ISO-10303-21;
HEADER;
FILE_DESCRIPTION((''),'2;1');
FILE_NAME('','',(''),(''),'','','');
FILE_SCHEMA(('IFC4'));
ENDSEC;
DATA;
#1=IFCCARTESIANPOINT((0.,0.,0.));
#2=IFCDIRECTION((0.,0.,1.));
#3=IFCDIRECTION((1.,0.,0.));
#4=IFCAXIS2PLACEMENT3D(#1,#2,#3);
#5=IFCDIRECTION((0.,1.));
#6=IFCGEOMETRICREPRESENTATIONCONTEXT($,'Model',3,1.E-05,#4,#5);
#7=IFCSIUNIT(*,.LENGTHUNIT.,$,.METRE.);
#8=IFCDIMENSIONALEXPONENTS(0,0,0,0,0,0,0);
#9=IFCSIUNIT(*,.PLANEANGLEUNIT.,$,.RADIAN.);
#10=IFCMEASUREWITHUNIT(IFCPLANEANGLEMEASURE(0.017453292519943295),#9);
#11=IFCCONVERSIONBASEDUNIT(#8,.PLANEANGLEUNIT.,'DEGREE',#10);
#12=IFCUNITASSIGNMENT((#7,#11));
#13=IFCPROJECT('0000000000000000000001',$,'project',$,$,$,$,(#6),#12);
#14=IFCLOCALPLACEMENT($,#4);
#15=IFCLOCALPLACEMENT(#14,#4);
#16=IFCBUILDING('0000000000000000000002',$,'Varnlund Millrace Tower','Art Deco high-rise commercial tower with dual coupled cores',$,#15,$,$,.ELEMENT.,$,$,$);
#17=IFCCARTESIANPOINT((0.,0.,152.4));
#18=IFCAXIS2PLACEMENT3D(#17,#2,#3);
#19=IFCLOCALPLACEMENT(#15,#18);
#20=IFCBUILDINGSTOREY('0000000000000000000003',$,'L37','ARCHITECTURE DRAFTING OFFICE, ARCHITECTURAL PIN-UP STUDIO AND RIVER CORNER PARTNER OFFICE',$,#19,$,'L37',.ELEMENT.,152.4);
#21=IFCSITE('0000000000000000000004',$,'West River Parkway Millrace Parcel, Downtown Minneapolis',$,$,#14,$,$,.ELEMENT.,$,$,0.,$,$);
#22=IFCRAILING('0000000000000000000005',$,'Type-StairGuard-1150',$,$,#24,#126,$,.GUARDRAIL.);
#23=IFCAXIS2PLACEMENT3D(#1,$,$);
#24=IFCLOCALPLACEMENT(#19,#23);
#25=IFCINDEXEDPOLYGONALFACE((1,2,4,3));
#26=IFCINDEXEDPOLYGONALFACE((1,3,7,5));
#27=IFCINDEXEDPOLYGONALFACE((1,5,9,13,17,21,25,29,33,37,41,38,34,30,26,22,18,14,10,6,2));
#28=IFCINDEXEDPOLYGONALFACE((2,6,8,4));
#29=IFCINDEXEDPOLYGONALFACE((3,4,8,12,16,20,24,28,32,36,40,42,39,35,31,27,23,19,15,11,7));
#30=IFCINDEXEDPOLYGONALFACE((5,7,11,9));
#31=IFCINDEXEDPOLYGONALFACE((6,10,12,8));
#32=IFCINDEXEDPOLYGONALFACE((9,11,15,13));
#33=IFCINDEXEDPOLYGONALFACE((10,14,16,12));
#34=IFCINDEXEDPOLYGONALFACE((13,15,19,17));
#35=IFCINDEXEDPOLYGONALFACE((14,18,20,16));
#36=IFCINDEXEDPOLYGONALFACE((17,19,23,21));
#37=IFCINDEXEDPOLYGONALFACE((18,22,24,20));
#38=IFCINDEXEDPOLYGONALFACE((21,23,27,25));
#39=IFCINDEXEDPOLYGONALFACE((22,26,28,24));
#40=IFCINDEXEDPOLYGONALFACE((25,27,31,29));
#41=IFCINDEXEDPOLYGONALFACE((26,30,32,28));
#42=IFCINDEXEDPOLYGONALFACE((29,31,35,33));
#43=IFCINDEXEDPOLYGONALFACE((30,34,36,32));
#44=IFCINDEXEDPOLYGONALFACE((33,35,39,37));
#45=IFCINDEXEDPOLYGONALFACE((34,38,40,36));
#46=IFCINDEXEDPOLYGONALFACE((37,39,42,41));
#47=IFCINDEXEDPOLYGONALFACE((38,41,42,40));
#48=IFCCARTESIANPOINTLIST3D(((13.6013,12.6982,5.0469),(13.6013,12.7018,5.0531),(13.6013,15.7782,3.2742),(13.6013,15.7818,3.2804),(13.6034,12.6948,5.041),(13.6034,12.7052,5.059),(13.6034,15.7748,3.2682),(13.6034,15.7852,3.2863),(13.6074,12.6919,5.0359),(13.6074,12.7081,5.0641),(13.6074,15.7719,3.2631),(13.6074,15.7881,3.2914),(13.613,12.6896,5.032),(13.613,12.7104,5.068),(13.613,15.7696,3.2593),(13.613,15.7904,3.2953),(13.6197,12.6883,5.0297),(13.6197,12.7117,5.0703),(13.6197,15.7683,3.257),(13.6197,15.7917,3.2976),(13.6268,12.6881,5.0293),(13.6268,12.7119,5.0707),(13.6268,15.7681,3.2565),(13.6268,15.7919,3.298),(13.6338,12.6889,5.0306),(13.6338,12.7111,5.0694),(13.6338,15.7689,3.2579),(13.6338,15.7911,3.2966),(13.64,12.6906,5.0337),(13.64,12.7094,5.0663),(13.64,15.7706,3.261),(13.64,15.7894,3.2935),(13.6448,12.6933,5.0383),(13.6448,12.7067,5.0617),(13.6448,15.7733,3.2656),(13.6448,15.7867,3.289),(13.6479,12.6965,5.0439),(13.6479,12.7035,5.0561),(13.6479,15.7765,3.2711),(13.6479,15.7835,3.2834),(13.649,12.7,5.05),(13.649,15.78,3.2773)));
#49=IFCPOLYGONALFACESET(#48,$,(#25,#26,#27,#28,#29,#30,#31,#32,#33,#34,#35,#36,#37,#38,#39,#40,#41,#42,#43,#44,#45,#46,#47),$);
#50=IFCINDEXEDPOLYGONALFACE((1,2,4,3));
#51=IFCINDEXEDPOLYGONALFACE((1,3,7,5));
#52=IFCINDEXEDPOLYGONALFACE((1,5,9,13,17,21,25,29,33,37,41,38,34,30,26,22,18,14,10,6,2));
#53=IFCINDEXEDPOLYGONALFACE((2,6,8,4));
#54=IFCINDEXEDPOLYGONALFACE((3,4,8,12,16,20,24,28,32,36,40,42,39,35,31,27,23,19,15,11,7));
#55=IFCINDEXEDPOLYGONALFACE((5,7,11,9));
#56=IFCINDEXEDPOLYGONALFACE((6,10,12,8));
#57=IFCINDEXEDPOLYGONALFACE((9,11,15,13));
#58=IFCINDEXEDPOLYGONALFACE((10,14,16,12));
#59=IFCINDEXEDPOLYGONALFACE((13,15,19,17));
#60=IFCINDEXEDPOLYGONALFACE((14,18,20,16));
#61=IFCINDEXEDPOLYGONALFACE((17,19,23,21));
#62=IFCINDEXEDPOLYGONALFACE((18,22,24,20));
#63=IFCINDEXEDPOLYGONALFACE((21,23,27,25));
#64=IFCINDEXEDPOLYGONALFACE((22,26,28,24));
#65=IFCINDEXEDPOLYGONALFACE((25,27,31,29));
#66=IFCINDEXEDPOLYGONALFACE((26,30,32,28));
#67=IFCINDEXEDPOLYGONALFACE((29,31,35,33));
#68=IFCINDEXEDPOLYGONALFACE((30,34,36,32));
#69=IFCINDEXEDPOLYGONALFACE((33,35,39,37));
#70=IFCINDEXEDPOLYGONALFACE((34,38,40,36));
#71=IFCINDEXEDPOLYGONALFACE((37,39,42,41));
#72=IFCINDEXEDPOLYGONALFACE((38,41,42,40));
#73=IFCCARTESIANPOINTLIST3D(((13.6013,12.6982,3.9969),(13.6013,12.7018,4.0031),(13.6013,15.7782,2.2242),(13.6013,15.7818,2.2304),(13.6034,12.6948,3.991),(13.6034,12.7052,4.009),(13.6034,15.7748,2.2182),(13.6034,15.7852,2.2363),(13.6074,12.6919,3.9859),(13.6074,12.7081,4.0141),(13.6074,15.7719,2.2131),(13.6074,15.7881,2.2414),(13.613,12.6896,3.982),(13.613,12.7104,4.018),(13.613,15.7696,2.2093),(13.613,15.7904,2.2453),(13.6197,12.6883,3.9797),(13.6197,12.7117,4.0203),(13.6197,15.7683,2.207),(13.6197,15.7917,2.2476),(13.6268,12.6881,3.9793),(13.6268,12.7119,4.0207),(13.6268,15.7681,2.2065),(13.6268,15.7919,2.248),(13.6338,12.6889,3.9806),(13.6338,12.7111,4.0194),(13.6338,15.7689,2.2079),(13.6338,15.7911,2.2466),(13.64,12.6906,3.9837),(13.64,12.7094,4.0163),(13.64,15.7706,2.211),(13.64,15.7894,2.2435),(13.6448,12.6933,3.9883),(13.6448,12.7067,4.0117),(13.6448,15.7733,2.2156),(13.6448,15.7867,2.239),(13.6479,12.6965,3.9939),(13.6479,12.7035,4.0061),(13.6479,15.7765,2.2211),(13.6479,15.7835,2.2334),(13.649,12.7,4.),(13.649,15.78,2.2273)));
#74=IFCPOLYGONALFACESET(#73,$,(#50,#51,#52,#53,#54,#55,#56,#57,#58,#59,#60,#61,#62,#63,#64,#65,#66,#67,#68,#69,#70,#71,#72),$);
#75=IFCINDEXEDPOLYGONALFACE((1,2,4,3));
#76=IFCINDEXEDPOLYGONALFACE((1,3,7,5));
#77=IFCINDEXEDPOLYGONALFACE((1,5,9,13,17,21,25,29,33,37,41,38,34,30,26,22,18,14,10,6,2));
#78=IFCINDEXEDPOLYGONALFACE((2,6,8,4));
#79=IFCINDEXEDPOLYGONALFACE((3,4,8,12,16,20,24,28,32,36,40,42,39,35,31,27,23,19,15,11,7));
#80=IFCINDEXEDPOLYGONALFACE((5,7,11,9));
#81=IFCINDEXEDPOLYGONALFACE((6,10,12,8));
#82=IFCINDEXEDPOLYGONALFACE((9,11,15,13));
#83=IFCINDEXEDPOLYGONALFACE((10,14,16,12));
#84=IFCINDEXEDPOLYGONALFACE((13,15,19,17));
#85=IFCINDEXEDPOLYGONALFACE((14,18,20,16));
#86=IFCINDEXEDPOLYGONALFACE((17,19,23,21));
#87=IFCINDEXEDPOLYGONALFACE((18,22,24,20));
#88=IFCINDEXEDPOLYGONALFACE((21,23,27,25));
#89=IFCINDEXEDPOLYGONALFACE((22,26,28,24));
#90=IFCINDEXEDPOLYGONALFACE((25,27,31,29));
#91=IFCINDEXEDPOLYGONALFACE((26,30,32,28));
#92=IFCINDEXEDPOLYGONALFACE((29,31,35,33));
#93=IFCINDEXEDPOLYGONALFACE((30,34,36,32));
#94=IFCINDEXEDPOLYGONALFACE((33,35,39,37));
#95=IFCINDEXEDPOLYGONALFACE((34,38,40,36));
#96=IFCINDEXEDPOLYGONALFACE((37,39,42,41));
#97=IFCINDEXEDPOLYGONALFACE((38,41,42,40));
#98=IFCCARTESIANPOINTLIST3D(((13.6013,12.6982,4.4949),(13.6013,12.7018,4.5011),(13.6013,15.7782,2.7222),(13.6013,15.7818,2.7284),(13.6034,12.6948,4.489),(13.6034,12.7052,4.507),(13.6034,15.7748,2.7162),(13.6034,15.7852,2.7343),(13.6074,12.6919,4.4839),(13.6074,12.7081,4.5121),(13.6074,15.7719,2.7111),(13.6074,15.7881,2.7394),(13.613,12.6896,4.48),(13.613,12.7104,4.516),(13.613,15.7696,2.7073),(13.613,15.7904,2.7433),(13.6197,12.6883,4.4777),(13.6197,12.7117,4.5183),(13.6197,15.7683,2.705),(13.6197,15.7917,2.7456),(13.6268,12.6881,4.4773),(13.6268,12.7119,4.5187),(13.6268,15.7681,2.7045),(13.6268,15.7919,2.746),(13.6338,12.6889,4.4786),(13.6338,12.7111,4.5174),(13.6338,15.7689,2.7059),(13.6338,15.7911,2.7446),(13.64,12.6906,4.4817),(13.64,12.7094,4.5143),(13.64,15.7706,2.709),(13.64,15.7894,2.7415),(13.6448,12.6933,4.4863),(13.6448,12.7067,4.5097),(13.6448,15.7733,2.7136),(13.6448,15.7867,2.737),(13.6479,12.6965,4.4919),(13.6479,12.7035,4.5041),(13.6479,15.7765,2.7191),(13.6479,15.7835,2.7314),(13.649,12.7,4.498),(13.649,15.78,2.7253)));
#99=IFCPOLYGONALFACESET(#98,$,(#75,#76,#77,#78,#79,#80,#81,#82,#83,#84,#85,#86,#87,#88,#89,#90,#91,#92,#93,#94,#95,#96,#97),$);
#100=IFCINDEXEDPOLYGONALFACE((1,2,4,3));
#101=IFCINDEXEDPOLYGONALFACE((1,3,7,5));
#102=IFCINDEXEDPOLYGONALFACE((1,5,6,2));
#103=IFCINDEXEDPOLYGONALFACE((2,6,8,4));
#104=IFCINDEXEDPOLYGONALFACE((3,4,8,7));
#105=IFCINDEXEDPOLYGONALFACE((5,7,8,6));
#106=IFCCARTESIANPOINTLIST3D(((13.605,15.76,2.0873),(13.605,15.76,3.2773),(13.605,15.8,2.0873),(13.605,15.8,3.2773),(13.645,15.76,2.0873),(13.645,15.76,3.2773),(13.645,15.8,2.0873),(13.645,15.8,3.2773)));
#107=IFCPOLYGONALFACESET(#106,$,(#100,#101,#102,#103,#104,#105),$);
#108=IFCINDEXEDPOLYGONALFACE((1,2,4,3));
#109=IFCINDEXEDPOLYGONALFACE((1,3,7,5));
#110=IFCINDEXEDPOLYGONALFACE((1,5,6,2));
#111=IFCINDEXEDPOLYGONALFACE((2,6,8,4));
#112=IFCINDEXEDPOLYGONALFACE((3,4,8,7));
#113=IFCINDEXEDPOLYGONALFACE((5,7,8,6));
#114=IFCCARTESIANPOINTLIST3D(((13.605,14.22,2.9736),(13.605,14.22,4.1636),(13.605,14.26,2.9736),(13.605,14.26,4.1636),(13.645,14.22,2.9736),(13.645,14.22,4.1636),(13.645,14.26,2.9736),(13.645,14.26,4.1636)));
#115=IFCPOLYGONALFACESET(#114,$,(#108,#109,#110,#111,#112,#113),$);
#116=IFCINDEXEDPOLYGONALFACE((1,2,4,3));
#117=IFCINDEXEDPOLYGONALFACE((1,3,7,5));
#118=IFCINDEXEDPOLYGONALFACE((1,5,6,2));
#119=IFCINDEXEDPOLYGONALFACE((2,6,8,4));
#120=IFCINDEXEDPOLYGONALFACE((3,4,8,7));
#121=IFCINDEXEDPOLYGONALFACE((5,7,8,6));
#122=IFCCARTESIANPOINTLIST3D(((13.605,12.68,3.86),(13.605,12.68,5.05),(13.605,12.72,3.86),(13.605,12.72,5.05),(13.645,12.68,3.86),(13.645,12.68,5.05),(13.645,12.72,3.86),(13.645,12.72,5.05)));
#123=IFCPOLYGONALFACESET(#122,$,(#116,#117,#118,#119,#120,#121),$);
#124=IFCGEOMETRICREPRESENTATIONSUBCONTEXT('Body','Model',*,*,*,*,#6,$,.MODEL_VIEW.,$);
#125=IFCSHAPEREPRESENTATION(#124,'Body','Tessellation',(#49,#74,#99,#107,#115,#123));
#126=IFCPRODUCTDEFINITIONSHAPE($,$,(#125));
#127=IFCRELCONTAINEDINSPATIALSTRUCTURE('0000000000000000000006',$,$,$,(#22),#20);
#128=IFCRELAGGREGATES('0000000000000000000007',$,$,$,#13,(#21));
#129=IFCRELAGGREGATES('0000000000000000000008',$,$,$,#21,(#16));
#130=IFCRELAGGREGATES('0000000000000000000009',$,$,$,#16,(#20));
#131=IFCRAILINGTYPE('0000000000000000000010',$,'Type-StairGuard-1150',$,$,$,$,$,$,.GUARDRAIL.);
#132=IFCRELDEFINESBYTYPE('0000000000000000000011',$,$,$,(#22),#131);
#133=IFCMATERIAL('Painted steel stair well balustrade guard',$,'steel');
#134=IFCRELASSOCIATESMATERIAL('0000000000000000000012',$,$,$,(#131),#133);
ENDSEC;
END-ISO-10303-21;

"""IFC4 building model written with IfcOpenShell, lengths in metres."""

from ifc_helpers import new_model, entity, si_unit, converted_unit, direction, frame, origin_with_axes, origin_2d_with_axis, place, context, subcontext, project, spatial, rectangle, circle, extrude, material, type_object, element, save


model = new_model("IFC4")

# Units and contexts
model_context = context("Model", 3, precision=1e-05, world=origin_with_axes(), true_north=direction((0.0, 1.0)))
body_context = subcontext(model_context, "Body", "Model", "MODEL_VIEW")
ifc_project = project(units=[si_unit("LENGTHUNIT", "METRE"), converted_unit("PLANEANGLEUNIT", "DEGREE", entity("IfcPlaneAngleMeasure", 0.017453292519943295), si_unit("PLANEANGLEUNIT", "RADIAN"), dimensions=[0, 0, 0, 0, 0, 0, 0])], contexts=[model_context])

# Site, building, storey
site_placement = place(None, origin_with_axes())
site = spatial("IfcSite", under=ifc_project, at=site_placement, Name="West River Parkway Millrace Parcel, Downtown Minneapolis", CompositionType="ELEMENT", RefElevation=0.0)
building_placement = place(site_placement, origin_with_axes())
building = spatial("IfcBuilding", under=site, at=building_placement, Name="Varnlund Millrace Tower", Description="Art Deco high-rise commercial tower with dual coupled cores", CompositionType="ELEMENT")
storey_placement = place(building_placement, frame((0.0, 0.0, 152.4), z_axis=(0.0, 0.0, 1.0), x_axis=(1.0, 0.0, 0.0)))
storey = spatial("IfcBuildingStorey", under=building, at=storey_placement, Name="L37", Description="ARCHITECTURE DRAFTING OFFICE, ARCHITECTURAL PIN-UP STUDIO AND RIVER CORNER PARTNER OFFICE", LongName="L37", CompositionType="ELEMENT", Elevation=152.4)

# Railing
ifc_material_1 = material(Name="Painted steel stair well balustrade guard", Category="steel")
railing_type_1 = type_object("IfcRailingType", Name="Type-StairGuard-1150", PredefinedType="GUARDRAIL", material=ifc_material_1)
railing_1_placement = place(storey_placement, frame((0.0, 0.0, -152.4), z_axis=(0.0, 0.0, 1.0), x_axis=(1.0, 0.0, 0.0)))
element("IfcRailing", 1, at=railing_1_placement, inside=storey, type_object=railing_type_1, Name="Type-StairGuard-1150", PredefinedType="GUARDRAIL", context=body_context, shape_type="SweptSolid", body=[
    extrude(circle(Radius=0.024, at=origin_2d_with_axis()), frame((13.625, 15.78, 155.6773), z_axis=(0.0, -0.866696, 0.498836), x_axis=(1.0, 0.0, 0.0)), (0.0, 0.0, 1.0), 3.5537),
    extrude(circle(Radius=0.024, at=origin_2d_with_axis()), frame((13.625, 15.78, 154.6273), z_axis=(0.0, -0.866696, 0.498836), x_axis=(1.0, 0.0, 0.0)), (0.0, 0.0, 1.0), 3.5537),
    extrude(circle(Radius=0.024, at=origin_2d_with_axis()), frame((13.625, 15.78, 155.1253), z_axis=(0.0, -0.866696, 0.498836), x_axis=(1.0, 0.0, 0.0)), (0.0, 0.0, 1.0), 3.5537),
    extrude(rectangle(XDim=0.04, YDim=0.04, at=origin_2d_with_axis()), frame((13.625, 15.78, 154.4873), z_axis=(0.0, 0.0, 1.0), x_axis=(1.0, 0.0, 0.0)), (0.0, 0.0, 1.0), 1.19),
    extrude(rectangle(XDim=0.04, YDim=0.04, at=origin_2d_with_axis()), frame((13.625, 14.24, 155.3736), z_axis=(0.0, 0.0, 1.0), x_axis=(1.0, 0.0, 0.0)), (0.0, 0.0, 1.0), 1.19),
    extrude(rectangle(XDim=0.04, YDim=0.04, at=origin_2d_with_axis()), frame((13.625, 12.7, 156.26), z_axis=(0.0, 0.0, 1.0), x_axis=(1.0, 0.0, 0.0)), (0.0, 0.0, 1.0), 1.19),
])

save(model, "model.ifc")
